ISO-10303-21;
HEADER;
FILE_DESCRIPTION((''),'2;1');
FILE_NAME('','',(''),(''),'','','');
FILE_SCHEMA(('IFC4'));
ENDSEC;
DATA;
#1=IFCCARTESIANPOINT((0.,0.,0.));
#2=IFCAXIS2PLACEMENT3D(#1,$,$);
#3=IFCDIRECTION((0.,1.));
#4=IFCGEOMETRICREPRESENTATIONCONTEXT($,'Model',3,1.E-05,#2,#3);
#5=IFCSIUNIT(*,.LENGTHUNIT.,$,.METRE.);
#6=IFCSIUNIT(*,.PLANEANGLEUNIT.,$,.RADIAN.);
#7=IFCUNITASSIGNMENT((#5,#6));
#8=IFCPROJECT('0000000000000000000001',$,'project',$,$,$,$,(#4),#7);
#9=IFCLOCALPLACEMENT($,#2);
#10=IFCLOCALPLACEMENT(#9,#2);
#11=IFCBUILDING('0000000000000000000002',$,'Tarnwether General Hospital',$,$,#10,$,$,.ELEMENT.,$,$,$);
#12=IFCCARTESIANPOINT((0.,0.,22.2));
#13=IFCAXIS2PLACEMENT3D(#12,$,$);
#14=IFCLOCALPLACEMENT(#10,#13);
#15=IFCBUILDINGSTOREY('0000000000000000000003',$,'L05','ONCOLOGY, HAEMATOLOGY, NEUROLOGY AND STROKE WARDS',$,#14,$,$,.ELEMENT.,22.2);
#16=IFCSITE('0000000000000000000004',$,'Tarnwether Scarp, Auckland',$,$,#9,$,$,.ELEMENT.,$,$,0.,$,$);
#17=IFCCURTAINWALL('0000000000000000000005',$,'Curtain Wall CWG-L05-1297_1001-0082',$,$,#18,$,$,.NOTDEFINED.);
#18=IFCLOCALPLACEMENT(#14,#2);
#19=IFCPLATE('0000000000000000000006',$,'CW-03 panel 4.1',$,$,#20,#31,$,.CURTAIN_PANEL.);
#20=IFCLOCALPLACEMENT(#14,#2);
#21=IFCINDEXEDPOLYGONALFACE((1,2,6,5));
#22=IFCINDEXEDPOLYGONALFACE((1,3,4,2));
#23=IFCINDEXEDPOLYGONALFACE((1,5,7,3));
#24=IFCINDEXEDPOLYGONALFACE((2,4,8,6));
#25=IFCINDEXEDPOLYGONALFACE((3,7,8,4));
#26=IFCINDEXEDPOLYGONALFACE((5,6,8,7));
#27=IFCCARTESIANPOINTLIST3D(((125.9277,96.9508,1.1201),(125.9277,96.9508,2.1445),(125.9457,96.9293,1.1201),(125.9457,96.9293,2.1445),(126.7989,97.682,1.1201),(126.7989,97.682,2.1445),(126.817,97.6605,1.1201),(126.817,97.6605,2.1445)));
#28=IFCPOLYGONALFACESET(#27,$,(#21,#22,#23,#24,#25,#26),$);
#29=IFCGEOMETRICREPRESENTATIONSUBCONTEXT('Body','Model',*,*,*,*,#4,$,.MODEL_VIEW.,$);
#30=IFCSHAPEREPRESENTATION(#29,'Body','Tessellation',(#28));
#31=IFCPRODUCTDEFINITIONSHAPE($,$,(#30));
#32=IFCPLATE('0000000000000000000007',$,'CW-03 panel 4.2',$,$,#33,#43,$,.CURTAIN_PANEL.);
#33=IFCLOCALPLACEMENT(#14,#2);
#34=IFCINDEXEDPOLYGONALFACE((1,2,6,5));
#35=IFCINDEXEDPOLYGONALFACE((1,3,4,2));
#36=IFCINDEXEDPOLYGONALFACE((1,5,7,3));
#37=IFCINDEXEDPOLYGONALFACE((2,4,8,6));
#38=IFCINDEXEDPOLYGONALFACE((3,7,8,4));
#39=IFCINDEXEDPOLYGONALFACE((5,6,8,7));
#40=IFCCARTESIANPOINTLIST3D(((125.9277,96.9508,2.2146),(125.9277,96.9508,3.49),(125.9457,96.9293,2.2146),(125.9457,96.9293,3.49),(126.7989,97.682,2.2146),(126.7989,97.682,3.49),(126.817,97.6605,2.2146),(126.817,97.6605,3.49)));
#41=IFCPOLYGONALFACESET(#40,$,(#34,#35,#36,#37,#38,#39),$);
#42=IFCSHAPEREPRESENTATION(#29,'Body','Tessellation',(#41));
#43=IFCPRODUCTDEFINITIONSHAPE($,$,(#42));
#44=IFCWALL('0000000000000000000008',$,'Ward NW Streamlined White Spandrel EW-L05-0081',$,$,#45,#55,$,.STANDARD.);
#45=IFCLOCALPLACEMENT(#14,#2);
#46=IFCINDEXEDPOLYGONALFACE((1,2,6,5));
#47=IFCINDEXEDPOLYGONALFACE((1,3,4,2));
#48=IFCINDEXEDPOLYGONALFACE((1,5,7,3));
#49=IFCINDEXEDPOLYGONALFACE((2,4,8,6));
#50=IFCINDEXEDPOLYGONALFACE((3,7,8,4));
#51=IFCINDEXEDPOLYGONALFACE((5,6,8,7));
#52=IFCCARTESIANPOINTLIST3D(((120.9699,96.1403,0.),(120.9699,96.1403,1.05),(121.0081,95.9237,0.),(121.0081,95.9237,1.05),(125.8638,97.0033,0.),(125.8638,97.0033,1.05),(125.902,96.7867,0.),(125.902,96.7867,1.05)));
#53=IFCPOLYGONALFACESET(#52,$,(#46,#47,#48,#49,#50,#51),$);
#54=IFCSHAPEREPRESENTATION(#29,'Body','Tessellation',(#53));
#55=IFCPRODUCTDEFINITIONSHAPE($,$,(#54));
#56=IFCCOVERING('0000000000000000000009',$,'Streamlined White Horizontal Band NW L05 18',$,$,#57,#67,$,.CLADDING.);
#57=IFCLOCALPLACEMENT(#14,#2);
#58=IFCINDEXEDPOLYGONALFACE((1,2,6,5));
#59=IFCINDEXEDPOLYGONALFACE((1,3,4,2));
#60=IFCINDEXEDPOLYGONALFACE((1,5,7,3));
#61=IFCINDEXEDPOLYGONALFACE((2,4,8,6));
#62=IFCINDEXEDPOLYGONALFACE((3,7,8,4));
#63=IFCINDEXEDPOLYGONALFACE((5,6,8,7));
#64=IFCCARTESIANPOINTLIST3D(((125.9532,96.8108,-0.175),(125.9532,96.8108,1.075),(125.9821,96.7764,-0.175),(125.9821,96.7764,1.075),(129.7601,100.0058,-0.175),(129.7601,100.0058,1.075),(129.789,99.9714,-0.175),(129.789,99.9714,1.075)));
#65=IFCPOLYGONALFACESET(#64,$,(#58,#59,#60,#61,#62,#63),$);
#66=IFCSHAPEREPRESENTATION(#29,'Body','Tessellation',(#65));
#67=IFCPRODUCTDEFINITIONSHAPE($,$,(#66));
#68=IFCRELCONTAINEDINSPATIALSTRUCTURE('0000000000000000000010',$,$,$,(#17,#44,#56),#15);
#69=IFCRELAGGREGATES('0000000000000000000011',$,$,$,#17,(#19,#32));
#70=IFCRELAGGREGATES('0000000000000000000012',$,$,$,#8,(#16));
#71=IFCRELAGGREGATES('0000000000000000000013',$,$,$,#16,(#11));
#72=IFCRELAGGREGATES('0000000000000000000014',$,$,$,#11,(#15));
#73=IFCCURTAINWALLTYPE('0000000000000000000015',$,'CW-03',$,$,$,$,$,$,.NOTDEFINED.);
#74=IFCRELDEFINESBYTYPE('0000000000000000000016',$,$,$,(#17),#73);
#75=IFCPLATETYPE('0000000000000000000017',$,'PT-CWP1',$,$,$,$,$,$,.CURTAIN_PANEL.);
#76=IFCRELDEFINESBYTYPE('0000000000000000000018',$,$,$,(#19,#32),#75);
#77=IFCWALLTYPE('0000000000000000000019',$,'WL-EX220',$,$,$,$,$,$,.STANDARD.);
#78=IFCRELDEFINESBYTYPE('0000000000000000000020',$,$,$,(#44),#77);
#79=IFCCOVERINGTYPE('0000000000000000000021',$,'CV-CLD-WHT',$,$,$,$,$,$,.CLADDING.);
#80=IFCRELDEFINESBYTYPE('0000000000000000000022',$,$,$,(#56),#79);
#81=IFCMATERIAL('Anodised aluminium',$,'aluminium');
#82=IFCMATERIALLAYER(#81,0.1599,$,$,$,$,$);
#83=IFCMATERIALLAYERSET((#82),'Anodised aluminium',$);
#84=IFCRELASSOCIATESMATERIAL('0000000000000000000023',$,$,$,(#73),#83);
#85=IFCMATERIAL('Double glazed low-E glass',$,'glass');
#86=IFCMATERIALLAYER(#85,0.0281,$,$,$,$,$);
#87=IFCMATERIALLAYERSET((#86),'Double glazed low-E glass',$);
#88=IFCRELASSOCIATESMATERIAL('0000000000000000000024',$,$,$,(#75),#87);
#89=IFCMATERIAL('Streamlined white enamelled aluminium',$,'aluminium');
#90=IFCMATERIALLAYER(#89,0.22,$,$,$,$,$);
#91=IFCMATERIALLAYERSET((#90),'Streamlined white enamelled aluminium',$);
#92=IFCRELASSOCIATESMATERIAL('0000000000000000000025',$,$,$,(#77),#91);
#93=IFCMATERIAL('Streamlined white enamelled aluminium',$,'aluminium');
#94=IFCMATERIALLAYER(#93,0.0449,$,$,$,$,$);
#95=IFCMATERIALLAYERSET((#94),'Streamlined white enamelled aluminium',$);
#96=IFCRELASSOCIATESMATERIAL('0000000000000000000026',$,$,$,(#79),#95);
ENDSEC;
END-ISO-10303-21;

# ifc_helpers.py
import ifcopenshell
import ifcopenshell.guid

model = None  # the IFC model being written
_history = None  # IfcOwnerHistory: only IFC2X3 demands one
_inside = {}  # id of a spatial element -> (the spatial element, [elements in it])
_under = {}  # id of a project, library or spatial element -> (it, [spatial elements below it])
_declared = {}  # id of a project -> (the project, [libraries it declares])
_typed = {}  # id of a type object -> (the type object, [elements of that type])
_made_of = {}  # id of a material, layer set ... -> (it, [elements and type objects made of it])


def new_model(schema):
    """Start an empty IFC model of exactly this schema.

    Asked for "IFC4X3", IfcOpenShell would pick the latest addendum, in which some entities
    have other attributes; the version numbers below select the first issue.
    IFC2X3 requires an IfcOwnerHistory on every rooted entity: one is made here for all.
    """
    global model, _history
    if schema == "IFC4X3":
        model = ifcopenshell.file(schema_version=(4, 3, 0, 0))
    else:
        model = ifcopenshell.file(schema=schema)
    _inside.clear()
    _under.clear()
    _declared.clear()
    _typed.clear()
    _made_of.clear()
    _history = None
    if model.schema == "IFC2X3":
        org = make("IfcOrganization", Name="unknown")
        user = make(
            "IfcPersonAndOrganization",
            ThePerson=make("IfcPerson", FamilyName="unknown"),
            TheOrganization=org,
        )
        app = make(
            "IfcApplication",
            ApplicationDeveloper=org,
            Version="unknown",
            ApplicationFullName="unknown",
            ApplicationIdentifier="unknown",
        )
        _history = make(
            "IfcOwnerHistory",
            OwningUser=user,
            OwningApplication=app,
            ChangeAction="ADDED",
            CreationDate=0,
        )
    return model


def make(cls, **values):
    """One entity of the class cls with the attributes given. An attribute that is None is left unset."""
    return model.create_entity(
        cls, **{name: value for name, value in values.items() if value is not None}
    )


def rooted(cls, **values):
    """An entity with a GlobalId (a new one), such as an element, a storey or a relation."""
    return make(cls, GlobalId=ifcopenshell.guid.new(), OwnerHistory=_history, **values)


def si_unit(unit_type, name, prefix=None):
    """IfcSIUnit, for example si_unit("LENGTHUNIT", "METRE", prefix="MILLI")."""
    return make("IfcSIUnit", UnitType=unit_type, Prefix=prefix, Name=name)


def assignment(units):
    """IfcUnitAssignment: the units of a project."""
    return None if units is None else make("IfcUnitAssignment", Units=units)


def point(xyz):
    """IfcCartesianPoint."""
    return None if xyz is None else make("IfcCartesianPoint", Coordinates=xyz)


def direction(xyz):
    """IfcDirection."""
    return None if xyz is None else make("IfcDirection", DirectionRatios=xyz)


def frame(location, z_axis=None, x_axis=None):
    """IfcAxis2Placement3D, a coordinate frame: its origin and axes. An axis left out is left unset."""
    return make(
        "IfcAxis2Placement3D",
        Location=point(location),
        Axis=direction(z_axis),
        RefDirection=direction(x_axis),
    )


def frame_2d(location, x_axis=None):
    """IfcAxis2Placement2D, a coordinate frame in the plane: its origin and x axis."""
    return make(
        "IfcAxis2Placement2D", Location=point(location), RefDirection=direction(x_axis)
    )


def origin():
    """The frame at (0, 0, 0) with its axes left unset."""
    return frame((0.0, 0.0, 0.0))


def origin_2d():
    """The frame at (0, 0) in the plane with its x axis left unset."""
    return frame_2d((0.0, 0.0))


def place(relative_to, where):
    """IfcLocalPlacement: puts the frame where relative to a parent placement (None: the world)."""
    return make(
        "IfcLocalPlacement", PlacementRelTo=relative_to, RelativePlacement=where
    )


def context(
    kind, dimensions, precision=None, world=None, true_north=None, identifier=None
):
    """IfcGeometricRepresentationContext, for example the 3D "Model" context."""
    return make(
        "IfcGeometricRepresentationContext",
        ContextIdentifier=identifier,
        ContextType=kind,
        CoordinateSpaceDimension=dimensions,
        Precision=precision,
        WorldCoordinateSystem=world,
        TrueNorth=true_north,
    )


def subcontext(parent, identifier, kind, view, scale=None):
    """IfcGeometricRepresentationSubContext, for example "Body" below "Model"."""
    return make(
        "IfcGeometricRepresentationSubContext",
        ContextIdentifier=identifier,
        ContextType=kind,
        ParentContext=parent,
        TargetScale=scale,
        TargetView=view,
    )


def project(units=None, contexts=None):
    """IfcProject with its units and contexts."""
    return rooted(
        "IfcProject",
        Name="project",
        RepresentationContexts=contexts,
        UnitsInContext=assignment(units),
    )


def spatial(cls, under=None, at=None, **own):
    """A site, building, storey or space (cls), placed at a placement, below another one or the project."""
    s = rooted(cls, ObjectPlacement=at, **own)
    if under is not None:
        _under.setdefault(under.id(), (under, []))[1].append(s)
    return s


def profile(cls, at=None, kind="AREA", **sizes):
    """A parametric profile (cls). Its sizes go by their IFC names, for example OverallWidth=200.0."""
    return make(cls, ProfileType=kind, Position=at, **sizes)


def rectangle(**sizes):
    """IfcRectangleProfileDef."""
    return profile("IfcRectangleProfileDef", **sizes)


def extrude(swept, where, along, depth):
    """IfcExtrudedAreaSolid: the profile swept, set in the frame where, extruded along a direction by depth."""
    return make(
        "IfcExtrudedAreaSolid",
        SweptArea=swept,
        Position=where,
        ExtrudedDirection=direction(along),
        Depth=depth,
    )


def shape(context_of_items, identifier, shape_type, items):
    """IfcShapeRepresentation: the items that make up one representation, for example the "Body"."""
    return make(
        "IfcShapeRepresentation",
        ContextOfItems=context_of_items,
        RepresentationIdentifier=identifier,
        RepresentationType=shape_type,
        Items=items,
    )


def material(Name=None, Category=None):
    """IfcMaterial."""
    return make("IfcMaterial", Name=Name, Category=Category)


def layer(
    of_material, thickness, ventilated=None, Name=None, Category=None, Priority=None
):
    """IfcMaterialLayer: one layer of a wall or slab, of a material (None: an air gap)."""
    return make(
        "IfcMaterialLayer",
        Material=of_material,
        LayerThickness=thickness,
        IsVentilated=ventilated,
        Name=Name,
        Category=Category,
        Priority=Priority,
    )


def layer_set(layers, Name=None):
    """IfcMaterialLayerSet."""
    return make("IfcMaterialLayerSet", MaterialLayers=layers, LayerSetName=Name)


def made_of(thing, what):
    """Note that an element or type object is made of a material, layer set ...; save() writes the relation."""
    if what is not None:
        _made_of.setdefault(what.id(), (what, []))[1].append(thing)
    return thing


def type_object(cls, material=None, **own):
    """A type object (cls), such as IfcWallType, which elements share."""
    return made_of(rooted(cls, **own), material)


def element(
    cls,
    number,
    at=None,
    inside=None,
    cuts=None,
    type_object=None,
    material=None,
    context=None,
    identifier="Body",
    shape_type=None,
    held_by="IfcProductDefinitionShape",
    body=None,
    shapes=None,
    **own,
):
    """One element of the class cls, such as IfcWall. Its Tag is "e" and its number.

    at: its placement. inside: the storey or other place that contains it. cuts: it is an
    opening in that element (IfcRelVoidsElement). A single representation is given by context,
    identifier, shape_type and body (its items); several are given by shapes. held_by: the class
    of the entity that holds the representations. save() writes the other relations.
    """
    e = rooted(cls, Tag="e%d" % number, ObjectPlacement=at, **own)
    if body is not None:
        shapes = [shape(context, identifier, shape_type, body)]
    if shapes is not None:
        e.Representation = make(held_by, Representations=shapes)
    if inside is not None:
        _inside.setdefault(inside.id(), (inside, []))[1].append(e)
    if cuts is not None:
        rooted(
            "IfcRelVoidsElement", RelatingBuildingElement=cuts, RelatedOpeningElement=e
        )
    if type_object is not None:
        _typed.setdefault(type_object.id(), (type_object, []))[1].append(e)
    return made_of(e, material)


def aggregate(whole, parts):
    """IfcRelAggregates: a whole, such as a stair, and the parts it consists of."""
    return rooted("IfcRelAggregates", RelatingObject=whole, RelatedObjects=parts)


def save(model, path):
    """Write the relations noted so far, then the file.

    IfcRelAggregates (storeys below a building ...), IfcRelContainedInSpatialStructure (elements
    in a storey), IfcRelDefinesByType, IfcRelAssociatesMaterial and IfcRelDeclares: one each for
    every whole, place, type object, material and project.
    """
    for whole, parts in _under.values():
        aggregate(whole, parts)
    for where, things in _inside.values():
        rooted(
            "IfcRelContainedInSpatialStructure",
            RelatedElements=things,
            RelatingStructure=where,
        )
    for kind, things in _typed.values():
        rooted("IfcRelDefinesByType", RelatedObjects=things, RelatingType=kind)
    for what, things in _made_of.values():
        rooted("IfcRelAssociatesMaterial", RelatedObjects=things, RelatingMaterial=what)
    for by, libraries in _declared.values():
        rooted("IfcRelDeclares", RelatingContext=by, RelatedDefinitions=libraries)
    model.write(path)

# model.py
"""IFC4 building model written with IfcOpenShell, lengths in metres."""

from ifc_helpers import new_model, si_unit, direction, frame, frame_2d, origin, origin_2d, place, context, subcontext, project, spatial, rectangle, extrude, material, layer, layer_set, type_object, element, aggregate, save


model = new_model("IFC4")

# Units and contexts
model_context = context("Model", 3, precision=1e-05, world=origin(), true_north=direction((0.0, 1.0)))
body_context = subcontext(model_context, "Body", "Model", "MODEL_VIEW")
ifc_project = project(units=[si_unit("LENGTHUNIT", "METRE"), si_unit("PLANEANGLEUNIT", "RADIAN")], contexts=[model_context])

# Site, building, storey
site_placement = place(None, origin())
site = spatial("IfcSite", under=ifc_project, at=site_placement, Name="Tarnwether Scarp, Auckland", CompositionType="ELEMENT", RefElevation=0.0)
building_placement = place(site_placement, origin())
building = spatial("IfcBuilding", under=site, at=building_placement, Name="Tarnwether General Hospital", CompositionType="ELEMENT")
storey_placement = place(building_placement, frame((0.0, 0.0, 22.2)))
storey = spatial("IfcBuildingStorey", under=building, at=storey_placement, Name="L05", Description="ONCOLOGY, HAEMATOLOGY, NEUROLOGY AND STROKE WARDS", CompositionType="ELEMENT", Elevation=22.2)

# Curtain wall
ifc_material_1 = material(Name="Anodised aluminium", Category="aluminium")
ifc_layer_1 = layer(ifc_material_1, 0.1599)
ifc_layer_set_1 = layer_set([ifc_layer_1], Name="Anodised aluminium")
curtain_wall_type = type_object("IfcCurtainWallType", Name="CW-03", PredefinedType="NOTDEFINED", material=ifc_layer_set_1)
curtain_wall_1_placement = place(storey_placement, origin())
curtain_wall_1 = element("IfcCurtainWall", 1, at=curtain_wall_1_placement, inside=storey, type_object=curtain_wall_type, Name="Curtain Wall CWG-L05-1297_1001-0082", PredefinedType="NOTDEFINED")

# Plates
ifc_material_2 = material(Name="Double glazed low-E glass", Category="glass")
ifc_layer_2 = layer(ifc_material_2, 0.0281)
ifc_layer_set_2 = layer_set([ifc_layer_2], Name="Double glazed low-E glass")
plate_type = type_object("IfcPlateType", Name="PT-CWP1", PredefinedType="CURTAIN_PANEL", material=ifc_layer_set_2)
plate_1_placement = place(storey_placement, frame((126.3723, 97.3057, 1.1201), z_axis=(0.0, 0.0, 1.0), x_axis=(-0.76599, -0.642852, 0.0)))
plate_1 = element("IfcPlate", 2, at=plate_1_placement, type_object=plate_type, Name="CW-03 panel 4.1", PredefinedType="CURTAIN_PANEL", context=body_context, shape_type="SweptSolid", body=[
    extrude(rectangle(XDim=1.1375, YDim=0.0281, at=origin_2d()), origin(), (0.0, 0.0, 1.0), 1.0244),
])
plate_2_placement = place(storey_placement, frame((126.3723, 97.3057, 2.2146), z_axis=(0.0, 0.0, 1.0), x_axis=(-0.76599, -0.642852, 0.0)))
plate_2 = element("IfcPlate", 3, at=plate_2_placement, type_object=plate_type, Name="CW-03 panel 4.2", PredefinedType="CURTAIN_PANEL", context=body_context, shape_type="SweptSolid", body=[
    extrude(rectangle(XDim=1.1375, YDim=0.0281, at=origin_2d()), origin(), (0.0, 0.0, 1.0), 1.2754),
])
aggregate(curtain_wall_1, [plate_1, plate_2])

# Wall
ifc_material_3 = material(Name="Streamlined white enamelled aluminium", Category="aluminium")
ifc_layer_3 = layer(ifc_material_3, 0.22)
ifc_layer_set_3 = layer_set([ifc_layer_3], Name="Streamlined white enamelled aluminium")
wall_type = type_object("IfcWallType", Name="WL-EX220", PredefinedType="STANDARD", material=ifc_layer_set_3)
wall_placement = place(storey_placement, frame((125.8831, 96.895, 0.0), z_axis=(0.0, 0.0, 1.0), x_axis=(-0.984805, -0.173665, 0.0)))
element("IfcWall", 4, at=wall_placement, inside=storey, type_object=wall_type, Name="Ward NW Streamlined White Spandrel EW-L05-0081", PredefinedType="STANDARD", context=body_context, shape_type="SweptSolid", body=[
    extrude(rectangle(XDim=4.9695, YDim=0.22, at=frame_2d((2.4849, 0.0))), origin(), (0.0, 0.0, 1.0), 1.05),
])

# Covering
ifc_material_4 = material(Name="Streamlined white enamelled aluminium", Category="aluminium")
ifc_layer_4 = layer(ifc_material_4, 0.0449)
ifc_layer_set_4 = layer_set([ifc_layer_4], Name="Streamlined white enamelled aluminium")
covering_type = type_object("IfcCoveringType", Name="CV-CLD-WHT", PredefinedType="CLADDING", material=ifc_layer_set_4)
covering_placement = place(storey_placement, frame((127.8711, 98.3911, -0.175), z_axis=(0.0, 0.0, 1.0), x_axis=(-0.765988, -0.642854, 0.0)))
element("IfcCovering", 5, at=covering_placement, inside=storey, type_object=covering_type, Name="Streamlined White Horizontal Band NW L05 18", PredefinedType="CLADDING", context=body_context, shape_type="SweptSolid", body=[
    extrude(rectangle(XDim=4.97, YDim=0.0449, at=origin_2d()), origin(), (0.0, 0.0, 1.0), 1.25),
])

save(model, "model.ifc")
